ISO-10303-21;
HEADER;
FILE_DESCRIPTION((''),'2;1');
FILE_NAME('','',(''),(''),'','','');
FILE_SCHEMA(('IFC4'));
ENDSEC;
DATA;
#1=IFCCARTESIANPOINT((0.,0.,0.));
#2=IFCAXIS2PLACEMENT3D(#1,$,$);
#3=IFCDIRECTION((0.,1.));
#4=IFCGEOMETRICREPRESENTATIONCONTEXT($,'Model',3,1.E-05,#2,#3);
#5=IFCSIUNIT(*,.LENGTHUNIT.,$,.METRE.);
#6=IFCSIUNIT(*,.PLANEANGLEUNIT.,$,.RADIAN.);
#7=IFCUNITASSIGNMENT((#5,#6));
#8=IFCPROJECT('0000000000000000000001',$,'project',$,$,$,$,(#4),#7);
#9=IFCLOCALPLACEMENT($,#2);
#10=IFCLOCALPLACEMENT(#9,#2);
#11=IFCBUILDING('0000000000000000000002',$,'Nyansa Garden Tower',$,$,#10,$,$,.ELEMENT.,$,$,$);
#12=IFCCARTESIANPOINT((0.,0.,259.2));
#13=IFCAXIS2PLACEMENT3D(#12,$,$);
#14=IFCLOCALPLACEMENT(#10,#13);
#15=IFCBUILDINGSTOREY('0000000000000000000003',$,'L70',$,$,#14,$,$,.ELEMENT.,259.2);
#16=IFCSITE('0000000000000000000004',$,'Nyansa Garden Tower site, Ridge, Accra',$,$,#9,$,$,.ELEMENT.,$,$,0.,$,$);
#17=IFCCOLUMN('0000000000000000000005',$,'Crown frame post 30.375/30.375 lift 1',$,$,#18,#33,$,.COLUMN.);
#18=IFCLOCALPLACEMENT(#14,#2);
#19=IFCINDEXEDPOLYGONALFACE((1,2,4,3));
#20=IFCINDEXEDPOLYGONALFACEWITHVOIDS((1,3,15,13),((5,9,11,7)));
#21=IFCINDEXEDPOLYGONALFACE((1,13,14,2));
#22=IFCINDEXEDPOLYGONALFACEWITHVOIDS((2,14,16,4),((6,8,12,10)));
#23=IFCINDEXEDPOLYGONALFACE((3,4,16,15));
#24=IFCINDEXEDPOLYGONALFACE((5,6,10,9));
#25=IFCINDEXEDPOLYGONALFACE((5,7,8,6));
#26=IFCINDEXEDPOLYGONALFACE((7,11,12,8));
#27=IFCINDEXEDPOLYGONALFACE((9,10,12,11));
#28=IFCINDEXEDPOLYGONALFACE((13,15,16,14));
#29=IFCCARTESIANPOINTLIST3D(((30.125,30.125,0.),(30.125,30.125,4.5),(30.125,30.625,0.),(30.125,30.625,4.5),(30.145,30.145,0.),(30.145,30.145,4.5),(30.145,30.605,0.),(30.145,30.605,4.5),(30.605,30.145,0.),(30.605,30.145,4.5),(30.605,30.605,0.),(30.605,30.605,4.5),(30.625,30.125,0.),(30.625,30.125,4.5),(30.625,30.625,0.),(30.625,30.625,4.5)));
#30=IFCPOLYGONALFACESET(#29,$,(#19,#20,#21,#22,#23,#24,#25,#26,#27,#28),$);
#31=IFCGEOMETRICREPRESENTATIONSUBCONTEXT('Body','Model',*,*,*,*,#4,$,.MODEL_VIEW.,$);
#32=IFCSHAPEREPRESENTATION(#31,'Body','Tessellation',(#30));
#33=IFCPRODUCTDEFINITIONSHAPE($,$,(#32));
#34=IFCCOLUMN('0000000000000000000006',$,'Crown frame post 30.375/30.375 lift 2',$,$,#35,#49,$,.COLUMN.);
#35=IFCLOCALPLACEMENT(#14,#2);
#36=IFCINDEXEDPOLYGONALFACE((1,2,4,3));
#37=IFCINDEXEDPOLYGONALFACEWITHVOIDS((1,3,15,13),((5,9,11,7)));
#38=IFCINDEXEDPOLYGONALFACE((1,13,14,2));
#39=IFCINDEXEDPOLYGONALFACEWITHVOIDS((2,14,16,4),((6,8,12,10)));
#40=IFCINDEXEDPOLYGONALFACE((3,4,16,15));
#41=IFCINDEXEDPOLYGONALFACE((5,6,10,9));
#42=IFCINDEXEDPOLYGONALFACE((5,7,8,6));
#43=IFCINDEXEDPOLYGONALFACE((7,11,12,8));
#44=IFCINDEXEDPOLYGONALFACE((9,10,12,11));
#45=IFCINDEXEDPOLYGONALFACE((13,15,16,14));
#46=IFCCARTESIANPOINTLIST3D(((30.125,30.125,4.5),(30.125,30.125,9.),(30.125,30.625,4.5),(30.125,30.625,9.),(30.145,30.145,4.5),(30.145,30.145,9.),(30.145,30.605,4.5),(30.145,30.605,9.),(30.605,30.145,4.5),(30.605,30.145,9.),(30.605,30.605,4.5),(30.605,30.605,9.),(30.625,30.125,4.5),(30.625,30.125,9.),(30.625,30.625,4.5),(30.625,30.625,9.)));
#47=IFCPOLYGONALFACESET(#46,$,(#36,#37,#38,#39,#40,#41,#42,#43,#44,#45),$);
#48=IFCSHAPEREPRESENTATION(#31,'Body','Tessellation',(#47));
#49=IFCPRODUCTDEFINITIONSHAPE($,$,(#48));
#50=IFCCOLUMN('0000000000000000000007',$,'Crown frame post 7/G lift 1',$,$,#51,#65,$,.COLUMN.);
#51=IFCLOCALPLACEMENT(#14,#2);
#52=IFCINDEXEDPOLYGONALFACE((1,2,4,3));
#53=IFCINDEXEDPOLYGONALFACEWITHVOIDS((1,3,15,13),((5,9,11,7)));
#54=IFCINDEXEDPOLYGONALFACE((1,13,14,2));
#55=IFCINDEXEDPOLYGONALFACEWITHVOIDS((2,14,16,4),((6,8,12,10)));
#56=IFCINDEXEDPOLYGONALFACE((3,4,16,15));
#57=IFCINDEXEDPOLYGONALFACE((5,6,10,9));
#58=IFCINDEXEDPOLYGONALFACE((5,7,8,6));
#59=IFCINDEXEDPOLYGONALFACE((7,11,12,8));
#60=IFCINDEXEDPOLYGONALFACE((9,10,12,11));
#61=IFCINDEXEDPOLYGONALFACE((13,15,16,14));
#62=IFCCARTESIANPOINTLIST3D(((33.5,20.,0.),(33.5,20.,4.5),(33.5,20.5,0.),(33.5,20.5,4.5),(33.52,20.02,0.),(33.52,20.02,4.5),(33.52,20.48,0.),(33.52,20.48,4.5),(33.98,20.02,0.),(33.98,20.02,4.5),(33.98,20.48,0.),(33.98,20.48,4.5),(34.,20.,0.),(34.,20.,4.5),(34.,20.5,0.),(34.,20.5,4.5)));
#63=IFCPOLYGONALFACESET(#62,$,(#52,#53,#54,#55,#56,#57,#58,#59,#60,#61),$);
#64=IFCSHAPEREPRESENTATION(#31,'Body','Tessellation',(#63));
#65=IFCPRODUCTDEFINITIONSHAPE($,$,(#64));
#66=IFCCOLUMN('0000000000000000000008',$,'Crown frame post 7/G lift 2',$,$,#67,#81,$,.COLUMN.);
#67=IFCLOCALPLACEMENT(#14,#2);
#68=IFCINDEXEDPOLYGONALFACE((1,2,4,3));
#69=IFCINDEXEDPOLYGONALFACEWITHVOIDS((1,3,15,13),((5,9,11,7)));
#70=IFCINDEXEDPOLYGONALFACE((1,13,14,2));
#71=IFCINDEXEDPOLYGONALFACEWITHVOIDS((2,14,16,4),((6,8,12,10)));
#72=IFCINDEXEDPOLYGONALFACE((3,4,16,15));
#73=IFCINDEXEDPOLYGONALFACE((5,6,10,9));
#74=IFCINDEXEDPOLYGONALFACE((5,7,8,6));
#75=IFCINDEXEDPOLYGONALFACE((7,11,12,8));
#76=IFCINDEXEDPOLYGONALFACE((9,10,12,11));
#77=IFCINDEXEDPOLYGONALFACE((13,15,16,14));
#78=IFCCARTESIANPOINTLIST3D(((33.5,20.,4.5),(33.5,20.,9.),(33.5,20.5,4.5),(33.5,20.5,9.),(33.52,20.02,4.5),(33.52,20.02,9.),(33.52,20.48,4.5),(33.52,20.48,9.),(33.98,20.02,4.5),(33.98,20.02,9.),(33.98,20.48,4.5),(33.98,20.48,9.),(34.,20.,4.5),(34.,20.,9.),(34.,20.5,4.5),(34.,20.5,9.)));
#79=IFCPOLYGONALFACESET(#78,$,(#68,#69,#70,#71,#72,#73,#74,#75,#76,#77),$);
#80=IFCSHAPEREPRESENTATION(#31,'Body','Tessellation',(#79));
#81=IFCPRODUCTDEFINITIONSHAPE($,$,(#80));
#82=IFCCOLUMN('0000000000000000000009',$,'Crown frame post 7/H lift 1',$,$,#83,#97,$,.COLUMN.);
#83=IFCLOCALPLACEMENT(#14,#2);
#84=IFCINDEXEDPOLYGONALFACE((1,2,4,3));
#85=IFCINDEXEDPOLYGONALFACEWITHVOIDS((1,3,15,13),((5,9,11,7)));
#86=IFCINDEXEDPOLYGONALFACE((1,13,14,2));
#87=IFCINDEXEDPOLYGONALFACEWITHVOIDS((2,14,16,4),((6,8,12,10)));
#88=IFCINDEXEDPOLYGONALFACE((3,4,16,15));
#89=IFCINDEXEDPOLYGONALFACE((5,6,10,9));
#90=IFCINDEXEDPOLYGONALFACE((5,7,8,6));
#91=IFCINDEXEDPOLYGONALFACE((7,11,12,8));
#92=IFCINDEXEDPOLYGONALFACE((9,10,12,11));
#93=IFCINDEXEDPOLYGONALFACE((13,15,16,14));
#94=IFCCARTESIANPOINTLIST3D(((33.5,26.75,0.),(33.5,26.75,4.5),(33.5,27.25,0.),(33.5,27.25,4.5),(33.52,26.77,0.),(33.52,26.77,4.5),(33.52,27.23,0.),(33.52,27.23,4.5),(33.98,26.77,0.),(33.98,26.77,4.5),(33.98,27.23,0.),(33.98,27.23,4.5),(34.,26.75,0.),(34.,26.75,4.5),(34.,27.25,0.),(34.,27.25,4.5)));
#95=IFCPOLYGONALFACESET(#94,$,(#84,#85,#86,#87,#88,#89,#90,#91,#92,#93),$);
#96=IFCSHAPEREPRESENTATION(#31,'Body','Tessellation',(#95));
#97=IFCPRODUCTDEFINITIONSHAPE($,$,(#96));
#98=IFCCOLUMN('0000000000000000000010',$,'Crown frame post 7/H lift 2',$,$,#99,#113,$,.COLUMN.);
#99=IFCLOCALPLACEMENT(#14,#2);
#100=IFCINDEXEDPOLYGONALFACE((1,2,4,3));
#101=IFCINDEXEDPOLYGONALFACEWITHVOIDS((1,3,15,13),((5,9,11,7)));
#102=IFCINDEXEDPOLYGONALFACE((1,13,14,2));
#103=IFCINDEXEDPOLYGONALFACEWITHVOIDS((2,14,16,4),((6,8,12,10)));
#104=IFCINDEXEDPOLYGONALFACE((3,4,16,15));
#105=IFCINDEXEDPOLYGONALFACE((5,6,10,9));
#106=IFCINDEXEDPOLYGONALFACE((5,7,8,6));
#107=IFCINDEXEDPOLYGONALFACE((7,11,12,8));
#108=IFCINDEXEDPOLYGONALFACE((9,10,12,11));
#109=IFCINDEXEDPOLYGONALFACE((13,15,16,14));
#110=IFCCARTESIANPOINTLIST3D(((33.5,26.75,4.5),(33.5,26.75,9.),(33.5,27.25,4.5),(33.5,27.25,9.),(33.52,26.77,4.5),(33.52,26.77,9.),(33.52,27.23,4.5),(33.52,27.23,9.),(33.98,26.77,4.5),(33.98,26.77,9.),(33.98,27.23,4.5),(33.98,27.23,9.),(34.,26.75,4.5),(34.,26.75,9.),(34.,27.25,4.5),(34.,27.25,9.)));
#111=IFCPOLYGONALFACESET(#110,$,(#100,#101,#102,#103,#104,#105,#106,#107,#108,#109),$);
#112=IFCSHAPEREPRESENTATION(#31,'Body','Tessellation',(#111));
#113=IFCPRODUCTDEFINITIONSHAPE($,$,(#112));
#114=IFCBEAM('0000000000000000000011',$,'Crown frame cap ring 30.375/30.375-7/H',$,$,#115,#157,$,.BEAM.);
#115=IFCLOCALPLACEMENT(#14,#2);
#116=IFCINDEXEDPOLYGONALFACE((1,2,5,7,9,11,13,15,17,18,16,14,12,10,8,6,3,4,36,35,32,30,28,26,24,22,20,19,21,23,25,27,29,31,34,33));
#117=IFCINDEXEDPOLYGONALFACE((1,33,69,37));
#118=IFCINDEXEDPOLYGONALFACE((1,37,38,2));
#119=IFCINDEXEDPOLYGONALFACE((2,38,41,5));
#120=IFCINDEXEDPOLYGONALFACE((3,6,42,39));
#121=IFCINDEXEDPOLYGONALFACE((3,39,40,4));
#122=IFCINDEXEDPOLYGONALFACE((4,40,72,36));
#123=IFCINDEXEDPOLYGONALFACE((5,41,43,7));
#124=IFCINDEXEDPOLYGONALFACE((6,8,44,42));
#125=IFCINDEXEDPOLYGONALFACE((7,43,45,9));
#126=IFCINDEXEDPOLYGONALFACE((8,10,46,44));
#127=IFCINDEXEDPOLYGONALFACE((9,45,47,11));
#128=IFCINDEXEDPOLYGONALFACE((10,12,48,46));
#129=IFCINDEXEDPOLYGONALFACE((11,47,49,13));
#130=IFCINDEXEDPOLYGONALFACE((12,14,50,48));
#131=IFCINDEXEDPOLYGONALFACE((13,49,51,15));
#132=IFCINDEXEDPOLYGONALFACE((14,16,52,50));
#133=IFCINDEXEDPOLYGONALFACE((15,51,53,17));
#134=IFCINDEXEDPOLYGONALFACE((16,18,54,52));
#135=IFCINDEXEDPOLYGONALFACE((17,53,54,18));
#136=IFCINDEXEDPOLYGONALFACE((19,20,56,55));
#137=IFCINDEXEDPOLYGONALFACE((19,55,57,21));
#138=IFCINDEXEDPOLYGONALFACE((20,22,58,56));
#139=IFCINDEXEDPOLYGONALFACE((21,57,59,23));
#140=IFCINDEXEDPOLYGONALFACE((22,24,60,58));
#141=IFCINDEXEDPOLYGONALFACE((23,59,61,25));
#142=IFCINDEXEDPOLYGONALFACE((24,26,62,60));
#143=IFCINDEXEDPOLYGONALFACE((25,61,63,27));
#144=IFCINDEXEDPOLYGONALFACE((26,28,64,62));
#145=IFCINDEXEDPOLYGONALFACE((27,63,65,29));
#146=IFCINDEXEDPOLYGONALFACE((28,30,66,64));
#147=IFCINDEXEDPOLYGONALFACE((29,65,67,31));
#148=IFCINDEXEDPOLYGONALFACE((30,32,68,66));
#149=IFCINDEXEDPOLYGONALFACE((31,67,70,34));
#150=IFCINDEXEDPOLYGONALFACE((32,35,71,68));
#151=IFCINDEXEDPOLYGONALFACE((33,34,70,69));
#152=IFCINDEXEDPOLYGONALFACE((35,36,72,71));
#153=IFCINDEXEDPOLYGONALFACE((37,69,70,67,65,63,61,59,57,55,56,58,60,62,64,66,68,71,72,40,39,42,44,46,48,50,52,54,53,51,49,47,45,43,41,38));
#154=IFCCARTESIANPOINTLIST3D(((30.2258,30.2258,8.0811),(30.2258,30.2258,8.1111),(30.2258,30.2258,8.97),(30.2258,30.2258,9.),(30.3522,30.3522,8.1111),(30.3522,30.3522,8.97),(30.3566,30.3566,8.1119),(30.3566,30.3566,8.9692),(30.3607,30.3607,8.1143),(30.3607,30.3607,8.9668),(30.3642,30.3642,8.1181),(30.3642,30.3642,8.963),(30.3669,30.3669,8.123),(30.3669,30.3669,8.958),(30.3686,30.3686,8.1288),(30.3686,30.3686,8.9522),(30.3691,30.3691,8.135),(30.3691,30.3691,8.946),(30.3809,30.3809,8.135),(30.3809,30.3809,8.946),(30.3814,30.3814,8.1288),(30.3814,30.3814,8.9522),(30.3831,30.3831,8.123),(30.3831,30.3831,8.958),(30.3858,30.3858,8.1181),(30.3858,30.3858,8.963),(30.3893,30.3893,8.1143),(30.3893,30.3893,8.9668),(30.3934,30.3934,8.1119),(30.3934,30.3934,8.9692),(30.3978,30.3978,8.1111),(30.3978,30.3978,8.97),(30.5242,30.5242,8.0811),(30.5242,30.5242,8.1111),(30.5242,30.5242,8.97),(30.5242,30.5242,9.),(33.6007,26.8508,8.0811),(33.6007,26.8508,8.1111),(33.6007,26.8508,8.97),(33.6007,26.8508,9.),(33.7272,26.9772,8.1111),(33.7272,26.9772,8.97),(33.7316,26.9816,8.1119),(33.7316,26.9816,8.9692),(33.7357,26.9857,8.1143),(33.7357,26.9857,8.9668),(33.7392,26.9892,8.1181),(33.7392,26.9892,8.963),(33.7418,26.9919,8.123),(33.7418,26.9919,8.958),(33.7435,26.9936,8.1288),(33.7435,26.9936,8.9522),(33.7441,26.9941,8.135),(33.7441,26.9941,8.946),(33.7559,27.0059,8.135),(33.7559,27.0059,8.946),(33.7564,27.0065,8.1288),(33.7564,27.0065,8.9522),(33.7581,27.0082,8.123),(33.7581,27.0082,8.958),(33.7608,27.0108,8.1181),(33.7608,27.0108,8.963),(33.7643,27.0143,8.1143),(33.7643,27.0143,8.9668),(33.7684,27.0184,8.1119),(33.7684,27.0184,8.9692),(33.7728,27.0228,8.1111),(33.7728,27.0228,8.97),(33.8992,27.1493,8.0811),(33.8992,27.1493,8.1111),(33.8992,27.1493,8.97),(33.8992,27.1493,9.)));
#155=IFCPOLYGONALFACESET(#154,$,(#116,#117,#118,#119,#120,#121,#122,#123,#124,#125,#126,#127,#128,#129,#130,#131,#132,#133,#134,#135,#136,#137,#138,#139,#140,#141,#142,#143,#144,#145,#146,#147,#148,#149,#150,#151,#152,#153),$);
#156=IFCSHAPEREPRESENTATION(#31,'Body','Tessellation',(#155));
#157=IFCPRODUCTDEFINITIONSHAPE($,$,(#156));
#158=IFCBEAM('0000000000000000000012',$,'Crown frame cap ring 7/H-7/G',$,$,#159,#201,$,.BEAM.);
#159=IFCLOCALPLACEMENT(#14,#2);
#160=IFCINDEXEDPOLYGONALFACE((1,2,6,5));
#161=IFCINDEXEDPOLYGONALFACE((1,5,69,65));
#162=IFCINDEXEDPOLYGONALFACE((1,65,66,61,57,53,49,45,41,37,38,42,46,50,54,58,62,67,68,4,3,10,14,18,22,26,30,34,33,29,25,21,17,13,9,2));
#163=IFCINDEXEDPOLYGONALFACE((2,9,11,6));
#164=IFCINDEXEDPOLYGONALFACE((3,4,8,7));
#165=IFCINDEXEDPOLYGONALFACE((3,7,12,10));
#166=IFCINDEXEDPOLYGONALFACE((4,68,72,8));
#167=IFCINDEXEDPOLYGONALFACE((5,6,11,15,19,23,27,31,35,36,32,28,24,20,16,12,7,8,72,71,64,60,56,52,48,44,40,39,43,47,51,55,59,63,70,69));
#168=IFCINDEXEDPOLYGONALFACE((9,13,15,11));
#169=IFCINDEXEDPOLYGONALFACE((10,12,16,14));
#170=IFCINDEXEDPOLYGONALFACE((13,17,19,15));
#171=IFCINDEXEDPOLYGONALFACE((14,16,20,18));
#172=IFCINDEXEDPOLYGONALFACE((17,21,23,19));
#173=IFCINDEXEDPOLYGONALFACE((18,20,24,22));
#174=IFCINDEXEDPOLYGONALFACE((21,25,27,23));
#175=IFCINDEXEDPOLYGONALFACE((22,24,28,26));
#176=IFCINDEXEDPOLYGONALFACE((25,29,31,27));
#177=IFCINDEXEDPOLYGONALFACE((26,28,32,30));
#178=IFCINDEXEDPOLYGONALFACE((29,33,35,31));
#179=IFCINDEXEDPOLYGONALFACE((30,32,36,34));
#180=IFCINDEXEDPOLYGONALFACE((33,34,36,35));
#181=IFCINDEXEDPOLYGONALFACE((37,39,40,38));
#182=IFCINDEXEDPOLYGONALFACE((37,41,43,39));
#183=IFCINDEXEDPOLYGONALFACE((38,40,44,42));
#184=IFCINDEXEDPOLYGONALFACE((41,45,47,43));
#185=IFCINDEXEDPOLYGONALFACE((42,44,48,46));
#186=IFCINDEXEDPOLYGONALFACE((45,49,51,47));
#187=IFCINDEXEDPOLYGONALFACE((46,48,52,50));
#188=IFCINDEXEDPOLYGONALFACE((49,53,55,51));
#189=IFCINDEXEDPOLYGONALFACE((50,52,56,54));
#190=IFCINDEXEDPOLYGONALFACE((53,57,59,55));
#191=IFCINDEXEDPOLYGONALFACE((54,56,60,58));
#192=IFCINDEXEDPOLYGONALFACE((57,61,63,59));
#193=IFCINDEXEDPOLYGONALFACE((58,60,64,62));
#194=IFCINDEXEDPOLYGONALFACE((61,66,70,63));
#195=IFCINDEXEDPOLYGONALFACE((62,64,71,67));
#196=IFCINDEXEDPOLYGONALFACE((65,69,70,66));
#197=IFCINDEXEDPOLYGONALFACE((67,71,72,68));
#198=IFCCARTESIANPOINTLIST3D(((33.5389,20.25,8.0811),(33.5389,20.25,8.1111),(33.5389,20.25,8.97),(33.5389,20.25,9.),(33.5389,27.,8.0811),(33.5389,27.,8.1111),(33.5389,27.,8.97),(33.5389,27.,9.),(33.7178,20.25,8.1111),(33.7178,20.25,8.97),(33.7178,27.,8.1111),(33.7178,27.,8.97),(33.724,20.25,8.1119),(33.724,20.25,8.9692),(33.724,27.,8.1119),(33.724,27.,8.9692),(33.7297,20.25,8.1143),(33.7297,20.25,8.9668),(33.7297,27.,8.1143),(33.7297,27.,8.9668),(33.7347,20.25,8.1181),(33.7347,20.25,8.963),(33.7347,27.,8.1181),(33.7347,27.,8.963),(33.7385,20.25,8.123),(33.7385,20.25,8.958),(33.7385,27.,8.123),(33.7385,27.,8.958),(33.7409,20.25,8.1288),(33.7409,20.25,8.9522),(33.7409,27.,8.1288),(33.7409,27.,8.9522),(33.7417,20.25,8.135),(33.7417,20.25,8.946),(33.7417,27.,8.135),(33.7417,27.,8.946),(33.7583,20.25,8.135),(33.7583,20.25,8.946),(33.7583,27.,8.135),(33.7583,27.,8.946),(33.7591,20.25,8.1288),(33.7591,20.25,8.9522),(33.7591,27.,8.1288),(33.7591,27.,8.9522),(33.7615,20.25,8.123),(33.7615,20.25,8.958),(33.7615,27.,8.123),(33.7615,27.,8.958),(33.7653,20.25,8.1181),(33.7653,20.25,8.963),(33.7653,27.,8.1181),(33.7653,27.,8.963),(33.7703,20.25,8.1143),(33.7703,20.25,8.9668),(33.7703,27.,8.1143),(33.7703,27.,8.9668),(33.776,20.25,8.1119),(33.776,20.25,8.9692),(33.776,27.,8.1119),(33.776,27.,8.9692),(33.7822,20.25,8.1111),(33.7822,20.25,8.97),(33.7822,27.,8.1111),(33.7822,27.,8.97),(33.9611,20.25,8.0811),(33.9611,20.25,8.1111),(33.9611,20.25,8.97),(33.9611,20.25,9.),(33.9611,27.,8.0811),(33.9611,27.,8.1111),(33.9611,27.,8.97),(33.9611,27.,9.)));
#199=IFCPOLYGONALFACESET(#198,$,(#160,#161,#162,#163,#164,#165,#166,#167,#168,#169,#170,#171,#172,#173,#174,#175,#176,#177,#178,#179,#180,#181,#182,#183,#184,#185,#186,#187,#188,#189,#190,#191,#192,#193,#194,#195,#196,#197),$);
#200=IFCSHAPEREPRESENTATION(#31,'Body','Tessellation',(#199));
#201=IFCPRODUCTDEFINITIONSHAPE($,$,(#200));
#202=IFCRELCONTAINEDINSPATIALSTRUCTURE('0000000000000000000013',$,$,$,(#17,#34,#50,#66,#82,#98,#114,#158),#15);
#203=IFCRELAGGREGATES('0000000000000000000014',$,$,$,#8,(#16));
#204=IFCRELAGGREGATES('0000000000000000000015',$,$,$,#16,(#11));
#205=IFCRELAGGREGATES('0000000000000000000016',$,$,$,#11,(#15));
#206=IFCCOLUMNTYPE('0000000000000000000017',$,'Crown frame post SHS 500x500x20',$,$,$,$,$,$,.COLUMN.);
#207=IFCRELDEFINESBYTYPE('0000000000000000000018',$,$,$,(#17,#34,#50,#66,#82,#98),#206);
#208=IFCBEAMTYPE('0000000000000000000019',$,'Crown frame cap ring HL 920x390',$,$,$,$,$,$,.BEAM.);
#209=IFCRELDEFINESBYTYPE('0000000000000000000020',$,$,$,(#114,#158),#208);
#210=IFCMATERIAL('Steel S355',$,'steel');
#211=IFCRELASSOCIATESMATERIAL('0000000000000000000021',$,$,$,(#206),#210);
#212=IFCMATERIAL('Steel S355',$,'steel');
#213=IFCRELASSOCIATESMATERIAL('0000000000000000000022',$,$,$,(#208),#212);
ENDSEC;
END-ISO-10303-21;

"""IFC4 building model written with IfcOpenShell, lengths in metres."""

from ifc_helpers import new_model, si_unit, direction, frame, origin, origin_2d, place, context, subcontext, project, spatial, hollow_rectangle, i_section, extrude, material, material_profile, profile_set, type_object, element, save


model = new_model("IFC4")

# Units and contexts
model_context = context("Model", 3, precision=1e-05, world=origin(), true_north=direction((0.0, 1.0)))
body_context = subcontext(model_context, "Body", "Model", "MODEL_VIEW")
ifc_project = project(units=[si_unit("LENGTHUNIT", "METRE"), si_unit("PLANEANGLEUNIT", "RADIAN")], contexts=[model_context])

# Site, building, storey
site_placement = place(None, origin())
site = spatial("IfcSite", under=ifc_project, at=site_placement, Name="Nyansa Garden Tower site, Ridge, Accra", CompositionType="ELEMENT", RefElevation=0.0)
building_placement = place(site_placement, origin())
building = spatial("IfcBuilding", under=site, at=building_placement, Name="Nyansa Garden Tower", CompositionType="ELEMENT")
storey_placement = place(building_placement, frame((0.0, 0.0, 259.2)))
storey = spatial("IfcBuildingStorey", under=building, at=storey_placement, Name="L70", CompositionType="ELEMENT", Elevation=259.2)

# Columns
ifc_material_1 = material(Name="Steel S355", Category="steel")
ifc_material_profile_1 = material_profile(ifc_material_1, hollow_rectangle(XDim=0.5, YDim=0.5, WallThickness=0.02, at=origin_2d()), Name="SHS 500x500x20")
ifc_profile_set_1 = profile_set([ifc_material_profile_1], Name="Steel S355")
column_type = type_object("IfcColumnType", Name="Crown frame post SHS 500x500x20", PredefinedType="COLUMN", material=ifc_profile_set_1)
for number, where, z_axis, x_axis, name in (
    (1, (30.375, 30.375, 0.0), (0.0, 0.0, 1.0), (1.0, 0.0, 0.0), "Crown frame post 30.375/30.375 lift 1"),
    (2, (30.375, 30.375, 4.5), (0.0, 0.0, 1.0), (1.0, 0.0, 0.0), "Crown frame post 30.375/30.375 lift 2"),
    (3, (33.75, 20.25, 0.0), (0.0, 0.0, 1.0), (1.0, 0.0, 0.0), "Crown frame post 7/G lift 1"),
    (4, (33.75, 20.25, 4.5), (0.0, 0.0, 1.0), (1.0, 0.0, 0.0), "Crown frame post 7/G lift 2"),
    (5, (33.75, 27.0, 0.0), (0.0, 0.0, 1.0), (1.0, 0.0, 0.0), "Crown frame post 7/H lift 1"),
    (6, (33.75, 27.0, 4.5), (0.0, 0.0, 1.0), (1.0, 0.0, 0.0), "Crown frame post 7/H lift 2"),
):
    element("IfcColumn", number, at=place(storey_placement, frame(where, z_axis=z_axis, x_axis=x_axis)), inside=storey, type_object=column_type, Name=name, PredefinedType="COLUMN", context=body_context, shape_type="SweptSolid", body=[
        extrude(hollow_rectangle(XDim=0.5, YDim=0.5, WallThickness=0.02, at=origin_2d()), origin(), (0.0, 0.0, 1.0), 4.5),
    ])

# Beams
ifc_material_2 = material(Name="Steel S355", Category="steel")
ifc_material_profile_2 = material_profile(ifc_material_2, i_section(OverallWidth=0.4221, OverallDepth=0.9189, WebThickness=0.0166, FlangeThickness=0.03, FilletRadius=0.0239, at=origin_2d()), Name="HL 920x390")
ifc_profile_set_2 = profile_set([ifc_material_profile_2], Name="Steel S355")
beam_type_1 = type_object("IfcBeamType", Name="Crown frame cap ring HL 920x390", PredefinedType="BEAM", material=ifc_profile_set_2)
beam_1_placement = place(storey_placement, frame((30.375, 30.375, 8.5405), z_axis=(0.707107, -0.707107, 0.0), x_axis=(0.707107, 0.707107, 0.0)))
element("IfcBeam", 7, at=beam_1_placement, inside=storey, type_object=beam_type_1, Name="Crown frame cap ring 30.375/30.375-7/H", PredefinedType="BEAM", context=body_context, shape_type="SweptSolid", body=[
    extrude(i_section(OverallWidth=0.4221, OverallDepth=0.9189, WebThickness=0.0166, FlangeThickness=0.03, FilletRadius=0.0239, at=origin_2d()), origin(), (0.0, 0.0, 1.0), 4.7729),
])
for number, where, z_axis, x_axis, name in (
    (8, (33.75, 27.0, 8.5405), (0.0, -1.0, 0.0), (1.0, 0.0, 0.0), "Crown frame cap ring 7/H-7/G"),
):
    element("IfcBeam", number, at=place(storey_placement, frame(where, z_axis=z_axis, x_axis=x_axis)), inside=storey, type_object=beam_type_1, Name=name, PredefinedType="BEAM", context=body_context, shape_type="SweptSolid", body=[
        extrude(i_section(OverallWidth=0.4221, OverallDepth=0.9189, WebThickness=0.0166, FlangeThickness=0.03, FilletRadius=0.0239, at=origin_2d()), origin(), (0.0, 0.0, 1.0), 6.75),
    ])

save(model, "model.ifc")
